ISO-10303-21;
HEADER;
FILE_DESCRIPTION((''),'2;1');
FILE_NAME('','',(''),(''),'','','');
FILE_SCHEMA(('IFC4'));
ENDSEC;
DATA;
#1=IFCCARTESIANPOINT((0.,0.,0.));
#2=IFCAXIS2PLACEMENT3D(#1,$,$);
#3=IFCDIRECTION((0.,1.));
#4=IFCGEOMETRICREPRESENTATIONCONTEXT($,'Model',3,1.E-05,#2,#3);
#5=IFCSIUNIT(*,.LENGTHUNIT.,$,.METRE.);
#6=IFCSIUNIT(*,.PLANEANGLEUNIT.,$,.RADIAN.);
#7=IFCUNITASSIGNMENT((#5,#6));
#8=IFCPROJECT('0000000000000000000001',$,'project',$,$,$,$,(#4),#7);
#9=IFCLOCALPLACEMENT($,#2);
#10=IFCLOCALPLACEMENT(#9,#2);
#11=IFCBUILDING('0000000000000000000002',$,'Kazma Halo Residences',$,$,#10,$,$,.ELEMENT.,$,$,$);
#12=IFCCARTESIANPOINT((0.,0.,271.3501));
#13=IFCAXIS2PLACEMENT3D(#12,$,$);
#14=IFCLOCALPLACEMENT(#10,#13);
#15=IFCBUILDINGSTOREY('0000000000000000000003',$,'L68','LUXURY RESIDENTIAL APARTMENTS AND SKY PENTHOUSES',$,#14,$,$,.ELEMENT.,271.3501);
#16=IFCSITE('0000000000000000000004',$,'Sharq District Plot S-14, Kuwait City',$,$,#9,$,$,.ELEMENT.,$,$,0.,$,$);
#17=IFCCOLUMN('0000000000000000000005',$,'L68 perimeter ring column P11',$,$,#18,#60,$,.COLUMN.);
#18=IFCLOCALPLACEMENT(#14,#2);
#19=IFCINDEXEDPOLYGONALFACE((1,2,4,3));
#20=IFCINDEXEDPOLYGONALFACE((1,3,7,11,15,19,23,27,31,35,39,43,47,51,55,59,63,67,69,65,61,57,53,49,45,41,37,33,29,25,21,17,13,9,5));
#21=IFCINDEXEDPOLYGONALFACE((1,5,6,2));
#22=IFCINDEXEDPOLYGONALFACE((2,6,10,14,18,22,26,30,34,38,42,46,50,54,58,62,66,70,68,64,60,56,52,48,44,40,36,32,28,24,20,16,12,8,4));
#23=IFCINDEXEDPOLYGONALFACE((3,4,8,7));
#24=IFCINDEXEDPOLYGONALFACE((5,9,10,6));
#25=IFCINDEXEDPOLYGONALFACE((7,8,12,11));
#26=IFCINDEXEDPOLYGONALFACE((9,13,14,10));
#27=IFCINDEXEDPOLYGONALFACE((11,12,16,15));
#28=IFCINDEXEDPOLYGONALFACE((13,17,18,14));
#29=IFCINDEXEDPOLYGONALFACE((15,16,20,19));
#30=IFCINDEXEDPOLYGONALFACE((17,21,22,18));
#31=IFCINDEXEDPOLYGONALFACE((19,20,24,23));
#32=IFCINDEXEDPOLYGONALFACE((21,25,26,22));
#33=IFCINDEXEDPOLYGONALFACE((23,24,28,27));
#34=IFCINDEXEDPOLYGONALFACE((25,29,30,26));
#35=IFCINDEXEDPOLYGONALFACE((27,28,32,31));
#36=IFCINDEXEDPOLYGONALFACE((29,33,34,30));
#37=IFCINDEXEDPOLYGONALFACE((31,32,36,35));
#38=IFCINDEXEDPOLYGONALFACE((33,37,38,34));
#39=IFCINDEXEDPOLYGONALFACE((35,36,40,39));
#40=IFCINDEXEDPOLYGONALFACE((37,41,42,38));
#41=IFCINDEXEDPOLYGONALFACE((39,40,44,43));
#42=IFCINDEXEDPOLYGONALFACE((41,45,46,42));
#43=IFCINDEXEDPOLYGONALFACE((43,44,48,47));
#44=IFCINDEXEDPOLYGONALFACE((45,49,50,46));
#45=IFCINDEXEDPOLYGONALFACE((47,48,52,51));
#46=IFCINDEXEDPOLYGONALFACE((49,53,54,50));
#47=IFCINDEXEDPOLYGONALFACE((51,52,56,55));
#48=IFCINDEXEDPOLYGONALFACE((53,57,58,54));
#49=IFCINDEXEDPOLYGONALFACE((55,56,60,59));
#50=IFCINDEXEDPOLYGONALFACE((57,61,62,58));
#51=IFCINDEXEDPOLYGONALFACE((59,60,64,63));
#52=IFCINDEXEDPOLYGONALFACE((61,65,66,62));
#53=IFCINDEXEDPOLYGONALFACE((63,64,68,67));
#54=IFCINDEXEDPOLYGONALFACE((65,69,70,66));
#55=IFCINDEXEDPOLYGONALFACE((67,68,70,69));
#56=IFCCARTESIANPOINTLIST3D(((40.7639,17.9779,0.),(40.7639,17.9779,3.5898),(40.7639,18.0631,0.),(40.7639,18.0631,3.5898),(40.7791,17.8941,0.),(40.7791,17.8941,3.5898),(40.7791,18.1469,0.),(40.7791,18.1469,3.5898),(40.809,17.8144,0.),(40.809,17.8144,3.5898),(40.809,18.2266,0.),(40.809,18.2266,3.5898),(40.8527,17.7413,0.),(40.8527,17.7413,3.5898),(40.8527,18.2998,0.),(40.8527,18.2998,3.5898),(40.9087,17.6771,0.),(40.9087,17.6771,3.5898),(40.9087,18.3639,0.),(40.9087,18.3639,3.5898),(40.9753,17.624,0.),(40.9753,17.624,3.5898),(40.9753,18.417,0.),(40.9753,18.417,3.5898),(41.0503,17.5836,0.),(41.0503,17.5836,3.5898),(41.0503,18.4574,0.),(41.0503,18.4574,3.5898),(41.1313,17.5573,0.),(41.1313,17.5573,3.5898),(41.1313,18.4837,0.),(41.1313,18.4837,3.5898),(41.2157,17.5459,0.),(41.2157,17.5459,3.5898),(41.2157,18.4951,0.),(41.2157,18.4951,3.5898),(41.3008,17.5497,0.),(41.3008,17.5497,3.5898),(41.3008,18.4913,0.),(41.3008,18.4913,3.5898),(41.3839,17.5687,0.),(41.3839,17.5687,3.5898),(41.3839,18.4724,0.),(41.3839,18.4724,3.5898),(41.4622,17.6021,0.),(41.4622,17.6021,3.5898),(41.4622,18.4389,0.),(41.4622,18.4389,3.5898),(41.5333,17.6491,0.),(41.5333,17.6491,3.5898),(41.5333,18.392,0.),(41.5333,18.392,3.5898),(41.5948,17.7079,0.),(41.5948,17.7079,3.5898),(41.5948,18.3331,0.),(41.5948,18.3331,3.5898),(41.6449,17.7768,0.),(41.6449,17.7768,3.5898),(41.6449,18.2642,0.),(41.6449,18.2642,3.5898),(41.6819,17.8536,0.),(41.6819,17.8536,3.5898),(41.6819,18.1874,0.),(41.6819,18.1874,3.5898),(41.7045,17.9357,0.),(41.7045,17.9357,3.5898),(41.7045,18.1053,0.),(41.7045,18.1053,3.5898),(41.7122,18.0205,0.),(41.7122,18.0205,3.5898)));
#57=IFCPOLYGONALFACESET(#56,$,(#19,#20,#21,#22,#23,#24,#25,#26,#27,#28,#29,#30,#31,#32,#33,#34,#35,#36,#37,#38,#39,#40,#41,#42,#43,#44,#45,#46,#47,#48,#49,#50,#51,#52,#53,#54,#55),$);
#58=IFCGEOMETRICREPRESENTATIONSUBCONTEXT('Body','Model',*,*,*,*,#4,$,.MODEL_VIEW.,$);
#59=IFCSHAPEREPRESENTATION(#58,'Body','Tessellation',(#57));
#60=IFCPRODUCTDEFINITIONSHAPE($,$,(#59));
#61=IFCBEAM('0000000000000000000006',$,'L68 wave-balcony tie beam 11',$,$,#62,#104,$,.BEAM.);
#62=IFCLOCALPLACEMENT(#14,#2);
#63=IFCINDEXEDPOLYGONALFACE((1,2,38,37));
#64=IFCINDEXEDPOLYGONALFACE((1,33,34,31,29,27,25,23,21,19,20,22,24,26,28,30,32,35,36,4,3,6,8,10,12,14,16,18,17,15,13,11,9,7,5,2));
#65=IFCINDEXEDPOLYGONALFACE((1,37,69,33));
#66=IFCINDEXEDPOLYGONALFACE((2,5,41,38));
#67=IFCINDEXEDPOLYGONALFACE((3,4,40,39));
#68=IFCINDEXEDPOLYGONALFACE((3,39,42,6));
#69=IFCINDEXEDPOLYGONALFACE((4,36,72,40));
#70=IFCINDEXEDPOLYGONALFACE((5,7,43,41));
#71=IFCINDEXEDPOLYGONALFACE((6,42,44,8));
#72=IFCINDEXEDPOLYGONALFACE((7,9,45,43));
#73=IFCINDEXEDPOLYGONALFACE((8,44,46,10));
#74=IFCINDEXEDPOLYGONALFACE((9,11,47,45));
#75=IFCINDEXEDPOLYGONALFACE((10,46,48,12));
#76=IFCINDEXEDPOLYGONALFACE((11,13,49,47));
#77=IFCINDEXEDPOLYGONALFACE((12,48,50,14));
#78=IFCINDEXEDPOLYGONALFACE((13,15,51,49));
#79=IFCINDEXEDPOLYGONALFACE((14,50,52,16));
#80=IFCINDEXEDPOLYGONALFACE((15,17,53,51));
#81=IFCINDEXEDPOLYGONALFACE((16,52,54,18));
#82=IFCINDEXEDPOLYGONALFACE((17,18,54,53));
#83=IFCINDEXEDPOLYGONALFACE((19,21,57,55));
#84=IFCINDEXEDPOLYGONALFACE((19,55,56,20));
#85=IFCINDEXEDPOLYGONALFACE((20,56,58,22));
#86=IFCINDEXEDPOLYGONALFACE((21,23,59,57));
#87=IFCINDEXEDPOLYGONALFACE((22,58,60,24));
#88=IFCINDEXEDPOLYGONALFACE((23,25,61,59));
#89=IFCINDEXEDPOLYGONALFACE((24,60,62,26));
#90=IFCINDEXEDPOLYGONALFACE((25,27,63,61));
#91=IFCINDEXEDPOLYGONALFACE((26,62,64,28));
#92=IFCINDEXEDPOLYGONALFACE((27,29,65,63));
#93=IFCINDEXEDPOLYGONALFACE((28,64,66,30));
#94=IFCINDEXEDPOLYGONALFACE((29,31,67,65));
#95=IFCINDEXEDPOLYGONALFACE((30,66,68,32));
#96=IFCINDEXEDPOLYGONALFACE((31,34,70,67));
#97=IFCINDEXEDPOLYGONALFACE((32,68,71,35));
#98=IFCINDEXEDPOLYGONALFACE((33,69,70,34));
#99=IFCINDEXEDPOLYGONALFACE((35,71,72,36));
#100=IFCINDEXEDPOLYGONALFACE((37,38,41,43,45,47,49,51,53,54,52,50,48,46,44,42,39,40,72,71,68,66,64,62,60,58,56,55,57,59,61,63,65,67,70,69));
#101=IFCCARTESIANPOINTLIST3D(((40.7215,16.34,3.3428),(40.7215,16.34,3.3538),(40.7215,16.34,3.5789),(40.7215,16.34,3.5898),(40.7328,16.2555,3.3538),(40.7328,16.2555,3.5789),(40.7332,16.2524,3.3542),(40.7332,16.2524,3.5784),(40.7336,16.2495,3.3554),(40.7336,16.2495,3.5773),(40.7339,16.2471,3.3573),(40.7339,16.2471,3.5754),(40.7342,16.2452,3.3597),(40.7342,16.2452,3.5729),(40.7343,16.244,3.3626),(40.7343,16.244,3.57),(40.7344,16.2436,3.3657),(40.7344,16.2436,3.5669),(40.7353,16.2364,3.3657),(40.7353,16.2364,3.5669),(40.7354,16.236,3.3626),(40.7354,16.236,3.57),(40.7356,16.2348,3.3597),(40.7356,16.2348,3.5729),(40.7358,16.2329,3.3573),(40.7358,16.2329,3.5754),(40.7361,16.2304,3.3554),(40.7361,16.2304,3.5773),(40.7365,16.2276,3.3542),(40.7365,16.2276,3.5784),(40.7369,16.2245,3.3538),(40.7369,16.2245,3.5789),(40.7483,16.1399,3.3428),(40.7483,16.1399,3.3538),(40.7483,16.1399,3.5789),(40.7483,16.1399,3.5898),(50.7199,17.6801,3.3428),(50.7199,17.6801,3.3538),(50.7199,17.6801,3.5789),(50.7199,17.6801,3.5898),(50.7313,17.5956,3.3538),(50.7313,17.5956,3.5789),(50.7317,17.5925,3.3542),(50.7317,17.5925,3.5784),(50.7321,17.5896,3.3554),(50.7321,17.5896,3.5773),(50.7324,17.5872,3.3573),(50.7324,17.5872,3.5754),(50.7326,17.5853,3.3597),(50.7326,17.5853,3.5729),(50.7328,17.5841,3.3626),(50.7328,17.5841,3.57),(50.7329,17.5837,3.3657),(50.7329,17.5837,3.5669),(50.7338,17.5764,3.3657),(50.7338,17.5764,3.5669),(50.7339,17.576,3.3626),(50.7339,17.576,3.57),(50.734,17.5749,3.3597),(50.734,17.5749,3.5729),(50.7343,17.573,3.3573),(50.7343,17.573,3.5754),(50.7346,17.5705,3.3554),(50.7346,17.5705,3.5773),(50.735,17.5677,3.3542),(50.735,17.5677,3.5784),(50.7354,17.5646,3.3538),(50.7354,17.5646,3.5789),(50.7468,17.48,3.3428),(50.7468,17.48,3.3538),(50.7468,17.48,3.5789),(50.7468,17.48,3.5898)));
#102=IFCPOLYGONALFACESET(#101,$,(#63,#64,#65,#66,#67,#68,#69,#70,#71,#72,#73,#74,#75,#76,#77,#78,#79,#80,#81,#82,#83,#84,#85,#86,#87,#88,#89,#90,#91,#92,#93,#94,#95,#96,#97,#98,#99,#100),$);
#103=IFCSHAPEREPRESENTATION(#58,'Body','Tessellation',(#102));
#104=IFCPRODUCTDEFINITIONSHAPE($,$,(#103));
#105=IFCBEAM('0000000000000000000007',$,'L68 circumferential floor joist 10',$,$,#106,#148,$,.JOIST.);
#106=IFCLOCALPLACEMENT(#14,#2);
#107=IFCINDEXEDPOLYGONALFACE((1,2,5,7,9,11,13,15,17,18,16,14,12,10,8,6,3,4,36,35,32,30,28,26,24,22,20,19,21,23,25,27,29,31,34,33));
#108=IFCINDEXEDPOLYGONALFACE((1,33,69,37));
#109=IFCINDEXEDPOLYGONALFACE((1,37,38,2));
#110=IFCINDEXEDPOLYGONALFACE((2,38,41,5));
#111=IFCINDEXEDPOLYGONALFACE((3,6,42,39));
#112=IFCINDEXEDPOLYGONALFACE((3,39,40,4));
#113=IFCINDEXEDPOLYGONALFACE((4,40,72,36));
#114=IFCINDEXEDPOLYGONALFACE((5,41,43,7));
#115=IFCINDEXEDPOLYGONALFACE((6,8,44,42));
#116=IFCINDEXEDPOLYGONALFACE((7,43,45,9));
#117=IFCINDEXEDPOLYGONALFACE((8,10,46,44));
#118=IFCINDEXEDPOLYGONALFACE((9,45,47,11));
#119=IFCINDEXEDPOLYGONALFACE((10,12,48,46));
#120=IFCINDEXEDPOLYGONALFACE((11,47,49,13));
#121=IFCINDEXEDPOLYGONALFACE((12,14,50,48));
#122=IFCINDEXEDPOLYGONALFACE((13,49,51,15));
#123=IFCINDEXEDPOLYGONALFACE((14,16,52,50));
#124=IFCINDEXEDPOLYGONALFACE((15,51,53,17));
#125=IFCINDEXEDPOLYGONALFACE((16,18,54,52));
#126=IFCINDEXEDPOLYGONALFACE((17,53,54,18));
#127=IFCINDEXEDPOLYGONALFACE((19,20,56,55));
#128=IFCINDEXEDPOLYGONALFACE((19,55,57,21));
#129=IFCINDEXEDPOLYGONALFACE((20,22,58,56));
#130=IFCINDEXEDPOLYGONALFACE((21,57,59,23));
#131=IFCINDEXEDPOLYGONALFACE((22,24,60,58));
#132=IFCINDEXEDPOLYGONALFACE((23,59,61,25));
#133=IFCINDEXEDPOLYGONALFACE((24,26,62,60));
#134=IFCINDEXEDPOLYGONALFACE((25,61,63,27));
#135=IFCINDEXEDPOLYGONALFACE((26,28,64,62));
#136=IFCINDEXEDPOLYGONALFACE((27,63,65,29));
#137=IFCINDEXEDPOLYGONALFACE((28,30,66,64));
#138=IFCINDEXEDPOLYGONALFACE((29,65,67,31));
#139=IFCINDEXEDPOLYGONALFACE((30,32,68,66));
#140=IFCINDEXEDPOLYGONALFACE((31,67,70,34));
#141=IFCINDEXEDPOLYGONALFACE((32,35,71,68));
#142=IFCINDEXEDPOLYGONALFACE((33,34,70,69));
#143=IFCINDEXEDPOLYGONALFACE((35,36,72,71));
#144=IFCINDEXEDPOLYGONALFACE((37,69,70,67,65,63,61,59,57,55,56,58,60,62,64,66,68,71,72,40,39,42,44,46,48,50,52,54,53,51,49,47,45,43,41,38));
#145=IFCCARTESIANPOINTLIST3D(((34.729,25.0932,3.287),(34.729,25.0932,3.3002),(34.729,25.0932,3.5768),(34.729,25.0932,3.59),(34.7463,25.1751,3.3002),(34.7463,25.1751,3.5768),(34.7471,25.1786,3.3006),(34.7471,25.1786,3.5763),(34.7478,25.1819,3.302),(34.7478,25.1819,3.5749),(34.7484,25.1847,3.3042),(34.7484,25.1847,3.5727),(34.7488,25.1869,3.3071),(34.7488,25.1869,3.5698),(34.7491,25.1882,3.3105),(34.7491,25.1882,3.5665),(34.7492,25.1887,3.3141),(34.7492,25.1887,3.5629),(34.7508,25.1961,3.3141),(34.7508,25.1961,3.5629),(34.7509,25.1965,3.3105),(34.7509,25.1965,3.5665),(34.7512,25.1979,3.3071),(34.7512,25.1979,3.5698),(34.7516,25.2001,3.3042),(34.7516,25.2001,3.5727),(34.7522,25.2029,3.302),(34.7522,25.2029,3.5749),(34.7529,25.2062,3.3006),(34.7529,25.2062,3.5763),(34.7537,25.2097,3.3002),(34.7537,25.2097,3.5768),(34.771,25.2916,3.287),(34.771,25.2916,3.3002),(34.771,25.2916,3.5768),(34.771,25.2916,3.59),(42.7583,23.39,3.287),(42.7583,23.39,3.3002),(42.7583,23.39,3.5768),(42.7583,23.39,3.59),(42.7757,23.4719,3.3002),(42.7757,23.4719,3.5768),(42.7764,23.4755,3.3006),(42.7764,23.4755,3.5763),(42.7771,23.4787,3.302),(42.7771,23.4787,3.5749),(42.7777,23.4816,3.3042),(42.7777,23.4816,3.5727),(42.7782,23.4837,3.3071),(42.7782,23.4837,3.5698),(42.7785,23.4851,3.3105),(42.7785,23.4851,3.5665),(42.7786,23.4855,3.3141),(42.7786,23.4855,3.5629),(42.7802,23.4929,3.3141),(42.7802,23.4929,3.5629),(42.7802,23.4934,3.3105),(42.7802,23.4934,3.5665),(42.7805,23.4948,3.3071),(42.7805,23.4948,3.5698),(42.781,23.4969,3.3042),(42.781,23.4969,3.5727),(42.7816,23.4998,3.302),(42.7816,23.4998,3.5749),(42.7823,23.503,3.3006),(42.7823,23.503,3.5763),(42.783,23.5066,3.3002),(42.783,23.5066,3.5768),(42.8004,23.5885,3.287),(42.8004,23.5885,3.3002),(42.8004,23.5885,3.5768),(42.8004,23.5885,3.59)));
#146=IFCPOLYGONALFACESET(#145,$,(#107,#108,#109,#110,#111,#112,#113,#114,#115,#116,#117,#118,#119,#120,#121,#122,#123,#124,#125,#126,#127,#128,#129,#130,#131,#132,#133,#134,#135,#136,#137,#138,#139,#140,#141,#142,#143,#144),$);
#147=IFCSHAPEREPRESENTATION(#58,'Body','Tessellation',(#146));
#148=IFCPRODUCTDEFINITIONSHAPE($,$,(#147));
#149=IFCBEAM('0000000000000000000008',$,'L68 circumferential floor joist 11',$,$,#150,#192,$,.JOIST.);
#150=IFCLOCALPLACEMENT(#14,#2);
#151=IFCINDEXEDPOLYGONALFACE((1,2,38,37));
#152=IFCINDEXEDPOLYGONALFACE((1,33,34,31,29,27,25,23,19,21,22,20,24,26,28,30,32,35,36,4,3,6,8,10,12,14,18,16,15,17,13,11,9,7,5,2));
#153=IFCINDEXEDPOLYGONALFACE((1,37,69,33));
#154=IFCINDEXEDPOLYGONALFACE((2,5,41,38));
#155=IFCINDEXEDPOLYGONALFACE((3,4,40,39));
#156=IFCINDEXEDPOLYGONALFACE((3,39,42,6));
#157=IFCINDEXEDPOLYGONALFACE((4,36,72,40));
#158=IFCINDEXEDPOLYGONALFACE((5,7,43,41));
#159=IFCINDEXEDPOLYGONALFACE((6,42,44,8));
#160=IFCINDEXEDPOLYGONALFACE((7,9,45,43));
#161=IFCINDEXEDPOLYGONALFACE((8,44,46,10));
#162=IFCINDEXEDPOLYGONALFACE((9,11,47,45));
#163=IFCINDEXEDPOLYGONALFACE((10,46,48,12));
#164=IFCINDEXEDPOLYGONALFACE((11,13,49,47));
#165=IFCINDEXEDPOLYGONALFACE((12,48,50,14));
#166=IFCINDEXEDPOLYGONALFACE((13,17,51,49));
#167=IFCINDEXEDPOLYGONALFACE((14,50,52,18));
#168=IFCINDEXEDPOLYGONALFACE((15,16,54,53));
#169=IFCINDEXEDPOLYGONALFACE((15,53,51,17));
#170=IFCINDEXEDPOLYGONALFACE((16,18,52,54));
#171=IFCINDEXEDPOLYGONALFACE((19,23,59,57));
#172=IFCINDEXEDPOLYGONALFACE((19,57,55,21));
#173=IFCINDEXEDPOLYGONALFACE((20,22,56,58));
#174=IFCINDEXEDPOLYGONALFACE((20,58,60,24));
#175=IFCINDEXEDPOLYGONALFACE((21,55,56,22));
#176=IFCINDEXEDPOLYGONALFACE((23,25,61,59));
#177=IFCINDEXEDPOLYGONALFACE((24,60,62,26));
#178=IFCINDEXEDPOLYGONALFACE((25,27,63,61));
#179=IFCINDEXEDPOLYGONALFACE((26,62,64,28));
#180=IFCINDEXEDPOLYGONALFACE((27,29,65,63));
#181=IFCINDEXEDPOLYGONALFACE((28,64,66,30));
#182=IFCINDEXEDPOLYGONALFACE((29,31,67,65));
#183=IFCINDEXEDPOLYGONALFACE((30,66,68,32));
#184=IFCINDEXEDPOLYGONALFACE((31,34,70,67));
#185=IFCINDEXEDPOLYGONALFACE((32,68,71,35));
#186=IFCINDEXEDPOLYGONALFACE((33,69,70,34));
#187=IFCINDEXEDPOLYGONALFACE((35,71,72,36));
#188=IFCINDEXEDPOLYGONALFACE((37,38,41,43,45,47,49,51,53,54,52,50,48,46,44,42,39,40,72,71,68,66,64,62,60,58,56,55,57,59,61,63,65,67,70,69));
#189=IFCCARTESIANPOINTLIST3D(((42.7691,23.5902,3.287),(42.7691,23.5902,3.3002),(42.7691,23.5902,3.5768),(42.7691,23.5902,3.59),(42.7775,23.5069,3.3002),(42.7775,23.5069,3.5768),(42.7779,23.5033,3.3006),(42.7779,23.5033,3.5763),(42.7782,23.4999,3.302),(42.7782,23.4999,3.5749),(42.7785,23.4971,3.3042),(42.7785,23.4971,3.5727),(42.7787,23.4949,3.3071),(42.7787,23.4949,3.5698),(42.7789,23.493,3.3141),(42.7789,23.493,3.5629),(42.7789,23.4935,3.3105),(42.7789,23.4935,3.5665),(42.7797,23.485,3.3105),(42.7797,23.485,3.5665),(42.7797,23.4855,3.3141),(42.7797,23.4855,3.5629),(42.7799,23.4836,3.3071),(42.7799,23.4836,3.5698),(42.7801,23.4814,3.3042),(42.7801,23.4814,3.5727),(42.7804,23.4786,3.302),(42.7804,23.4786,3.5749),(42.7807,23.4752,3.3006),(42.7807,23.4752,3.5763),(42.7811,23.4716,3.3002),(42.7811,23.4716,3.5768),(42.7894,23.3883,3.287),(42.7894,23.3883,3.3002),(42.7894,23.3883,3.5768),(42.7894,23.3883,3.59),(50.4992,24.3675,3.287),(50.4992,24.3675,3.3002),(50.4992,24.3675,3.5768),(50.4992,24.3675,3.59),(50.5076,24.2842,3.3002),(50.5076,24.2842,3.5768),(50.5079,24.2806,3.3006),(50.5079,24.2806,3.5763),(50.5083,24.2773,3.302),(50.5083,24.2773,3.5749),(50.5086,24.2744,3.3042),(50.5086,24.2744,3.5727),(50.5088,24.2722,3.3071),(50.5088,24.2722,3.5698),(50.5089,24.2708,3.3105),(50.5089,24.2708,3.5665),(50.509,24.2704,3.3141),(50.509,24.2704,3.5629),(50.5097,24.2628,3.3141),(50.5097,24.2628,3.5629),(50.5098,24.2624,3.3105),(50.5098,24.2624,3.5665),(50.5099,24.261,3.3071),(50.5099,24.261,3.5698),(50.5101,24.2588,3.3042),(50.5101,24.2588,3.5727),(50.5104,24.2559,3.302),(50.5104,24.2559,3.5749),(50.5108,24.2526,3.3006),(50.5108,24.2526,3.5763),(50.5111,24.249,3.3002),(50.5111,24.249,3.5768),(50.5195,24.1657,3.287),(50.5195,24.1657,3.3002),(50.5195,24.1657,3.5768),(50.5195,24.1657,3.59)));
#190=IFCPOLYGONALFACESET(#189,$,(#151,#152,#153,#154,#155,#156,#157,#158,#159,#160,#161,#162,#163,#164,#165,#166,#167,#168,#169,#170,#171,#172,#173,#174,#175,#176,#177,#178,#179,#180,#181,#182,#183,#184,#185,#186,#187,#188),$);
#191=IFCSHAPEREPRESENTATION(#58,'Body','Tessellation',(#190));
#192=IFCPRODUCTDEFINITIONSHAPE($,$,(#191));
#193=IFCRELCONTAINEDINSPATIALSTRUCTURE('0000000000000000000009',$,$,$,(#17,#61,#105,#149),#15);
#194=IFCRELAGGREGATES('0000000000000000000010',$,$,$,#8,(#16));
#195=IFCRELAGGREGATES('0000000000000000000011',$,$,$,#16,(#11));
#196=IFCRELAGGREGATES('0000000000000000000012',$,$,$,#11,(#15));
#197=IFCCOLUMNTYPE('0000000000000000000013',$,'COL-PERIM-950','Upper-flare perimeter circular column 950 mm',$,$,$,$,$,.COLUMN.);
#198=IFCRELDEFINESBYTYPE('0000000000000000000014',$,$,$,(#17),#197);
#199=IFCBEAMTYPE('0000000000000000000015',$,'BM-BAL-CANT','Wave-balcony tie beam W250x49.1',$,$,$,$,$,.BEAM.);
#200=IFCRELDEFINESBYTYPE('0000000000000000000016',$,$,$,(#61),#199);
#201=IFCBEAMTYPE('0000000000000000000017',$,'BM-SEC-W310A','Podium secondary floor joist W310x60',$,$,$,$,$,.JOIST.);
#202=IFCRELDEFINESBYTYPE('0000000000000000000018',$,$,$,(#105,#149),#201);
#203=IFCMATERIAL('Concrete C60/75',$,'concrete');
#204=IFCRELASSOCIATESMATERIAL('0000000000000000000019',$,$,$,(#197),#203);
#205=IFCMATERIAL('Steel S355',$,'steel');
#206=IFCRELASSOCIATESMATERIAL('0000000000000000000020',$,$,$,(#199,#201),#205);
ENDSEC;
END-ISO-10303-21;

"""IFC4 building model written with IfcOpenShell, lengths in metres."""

from ifc_helpers import new_model, si_unit, direction, frame, origin, origin_2d, place, context, subcontext, project, spatial, circle, i_section, extrude, material, material_profile, profile_set, type_object, element, save


model = new_model("IFC4")

# Units and contexts
model_context = context("Model", 3, precision=1e-05, world=origin(), true_north=direction((0.0, 1.0)))
body_context = subcontext(model_context, "Body", "Model", "MODEL_VIEW")
ifc_project = project(units=[si_unit("LENGTHUNIT", "METRE"), si_unit("PLANEANGLEUNIT", "RADIAN")], contexts=[model_context])

# Site, building, storey
site_placement = place(None, origin())
site = spatial("IfcSite", under=ifc_project, at=site_placement, Name="Sharq District Plot S-14, Kuwait City", CompositionType="ELEMENT", RefElevation=0.0)
building_placement = place(site_placement, origin())
building = spatial("IfcBuilding", under=site, at=building_placement, Name="Kazma Halo Residences", CompositionType="ELEMENT")
storey_placement = place(building_placement, frame((0.0, 0.0, 271.3501)))
storey = spatial("IfcBuildingStorey", under=building, at=storey_placement, Name="L68", Description="LUXURY RESIDENTIAL APARTMENTS AND SKY PENTHOUSES", CompositionType="ELEMENT", Elevation=271.3501)

# Column
ifc_material_1 = material(Name="Concrete C60/75", Category="concrete")
ifc_material_profile_1 = material_profile(ifc_material_1, circle(Radius=0.4751, at=origin_2d()), Name="CIRC950")
ifc_profile_set_1 = profile_set([ifc_material_profile_1], Name="Concrete C60/75")
column_type = type_object("IfcColumnType", Name="COL-PERIM-950", Description="Upper-flare perimeter circular column 950 mm", PredefinedType="COLUMN", material=ifc_profile_set_1)
column_placement = place(storey_placement, frame((41.2371, 18.0205, 0.0), z_axis=(0.0, 0.0, 1.0), x_axis=(1.0, 0.0, 0.0)))
element("IfcColumn", 1, at=column_placement, inside=storey, type_object=column_type, Name="L68 perimeter ring column P11", PredefinedType="COLUMN", context=body_context, shape_type="SweptSolid", body=[
    extrude(circle(Radius=0.4751, at=origin_2d()), origin(), (0.0, 0.0, 1.0), 3.5898),
])

# Beams
ifc_material_2 = material(Name="Steel S355", Category="steel")
ifc_material_profile_2 = material_profile(ifc_material_2, i_section(OverallWidth=0.2019, OverallDepth=0.2471, WebThickness=0.0073, FlangeThickness=0.011, FilletRadius=0.012, at=origin_2d()), Name="W250x49.1")
ifc_profile_set_2 = profile_set([ifc_material_profile_2], Name="Steel S355")
beam_type_1 = type_object("IfcBeamType", Name="BM-BAL-CANT", Description="Wave-balcony tie beam W250x49.1", PredefinedType="BEAM", material=ifc_profile_set_2)
beam_1_placement = place(storey_placement, frame((40.7349, 16.24, 3.4663), z_axis=(0.991137, 0.132841, 0.0), x_axis=(-0.132841, 0.991137, 0.0)))
element("IfcBeam", 2, at=beam_1_placement, inside=storey, type_object=beam_type_1, Name="L68 wave-balcony tie beam 11", PredefinedType="BEAM", context=body_context, shape_type="SweptSolid", body=[
    extrude(i_section(OverallWidth=0.2019, OverallDepth=0.2471, WebThickness=0.0073, FlangeThickness=0.011, FilletRadius=0.012, at=origin_2d()), origin(), (0.0, 0.0, 1.0), 10.0879),
])
ifc_material_profile_3 = material_profile(ifc_material_2, i_section(OverallWidth=0.2029, OverallDepth=0.303, WebThickness=0.0076, FlangeThickness=0.0132, FilletRadius=0.0139, at=origin_2d()), Name="W310x60")
ifc_profile_set_3 = profile_set([ifc_material_profile_3], Name="Steel S355")
beam_type_2 = type_object("IfcBeamType", Name="BM-SEC-W310A", Description="Podium secondary floor joist W310x60", PredefinedType="JOIST", material=ifc_profile_set_3)
beam_2_placement = place(storey_placement, frame((34.75, 25.1924, 3.4385), z_axis=(0.978236, -0.207497, 0.0), x_axis=(0.207497, 0.978236, 0.0)))
element("IfcBeam", 3, at=beam_2_placement, inside=storey, type_object=beam_type_2, Name="L68 circumferential floor joist 10", PredefinedType="JOIST", context=body_context, shape_type="SweptSolid", body=[
    extrude(i_section(OverallWidth=0.2029, OverallDepth=0.303, WebThickness=0.0076, FlangeThickness=0.0132, FilletRadius=0.0139, at=origin_2d()), origin(), (0.0, 0.0, 1.0), 8.208),
])
beam_3_placement = place(storey_placement, frame((42.7793, 23.4893, 3.4385), z_axis=(0.994982, 0.100058, 0.0), x_axis=(-0.100058, 0.994982, 0.0)))
element("IfcBeam", 4, at=beam_3_placement, inside=storey, type_object=beam_type_2, Name="L68 circumferential floor joist 11", PredefinedType="JOIST", context=body_context, shape_type="SweptSolid", body=[
    extrude(i_section(OverallWidth=0.2029, OverallDepth=0.303, WebThickness=0.0076, FlangeThickness=0.0132, FilletRadius=0.0139, at=origin_2d()), origin(), (0.0, 0.0, 1.0), 7.769),
])

save(model, "model.ifc")
